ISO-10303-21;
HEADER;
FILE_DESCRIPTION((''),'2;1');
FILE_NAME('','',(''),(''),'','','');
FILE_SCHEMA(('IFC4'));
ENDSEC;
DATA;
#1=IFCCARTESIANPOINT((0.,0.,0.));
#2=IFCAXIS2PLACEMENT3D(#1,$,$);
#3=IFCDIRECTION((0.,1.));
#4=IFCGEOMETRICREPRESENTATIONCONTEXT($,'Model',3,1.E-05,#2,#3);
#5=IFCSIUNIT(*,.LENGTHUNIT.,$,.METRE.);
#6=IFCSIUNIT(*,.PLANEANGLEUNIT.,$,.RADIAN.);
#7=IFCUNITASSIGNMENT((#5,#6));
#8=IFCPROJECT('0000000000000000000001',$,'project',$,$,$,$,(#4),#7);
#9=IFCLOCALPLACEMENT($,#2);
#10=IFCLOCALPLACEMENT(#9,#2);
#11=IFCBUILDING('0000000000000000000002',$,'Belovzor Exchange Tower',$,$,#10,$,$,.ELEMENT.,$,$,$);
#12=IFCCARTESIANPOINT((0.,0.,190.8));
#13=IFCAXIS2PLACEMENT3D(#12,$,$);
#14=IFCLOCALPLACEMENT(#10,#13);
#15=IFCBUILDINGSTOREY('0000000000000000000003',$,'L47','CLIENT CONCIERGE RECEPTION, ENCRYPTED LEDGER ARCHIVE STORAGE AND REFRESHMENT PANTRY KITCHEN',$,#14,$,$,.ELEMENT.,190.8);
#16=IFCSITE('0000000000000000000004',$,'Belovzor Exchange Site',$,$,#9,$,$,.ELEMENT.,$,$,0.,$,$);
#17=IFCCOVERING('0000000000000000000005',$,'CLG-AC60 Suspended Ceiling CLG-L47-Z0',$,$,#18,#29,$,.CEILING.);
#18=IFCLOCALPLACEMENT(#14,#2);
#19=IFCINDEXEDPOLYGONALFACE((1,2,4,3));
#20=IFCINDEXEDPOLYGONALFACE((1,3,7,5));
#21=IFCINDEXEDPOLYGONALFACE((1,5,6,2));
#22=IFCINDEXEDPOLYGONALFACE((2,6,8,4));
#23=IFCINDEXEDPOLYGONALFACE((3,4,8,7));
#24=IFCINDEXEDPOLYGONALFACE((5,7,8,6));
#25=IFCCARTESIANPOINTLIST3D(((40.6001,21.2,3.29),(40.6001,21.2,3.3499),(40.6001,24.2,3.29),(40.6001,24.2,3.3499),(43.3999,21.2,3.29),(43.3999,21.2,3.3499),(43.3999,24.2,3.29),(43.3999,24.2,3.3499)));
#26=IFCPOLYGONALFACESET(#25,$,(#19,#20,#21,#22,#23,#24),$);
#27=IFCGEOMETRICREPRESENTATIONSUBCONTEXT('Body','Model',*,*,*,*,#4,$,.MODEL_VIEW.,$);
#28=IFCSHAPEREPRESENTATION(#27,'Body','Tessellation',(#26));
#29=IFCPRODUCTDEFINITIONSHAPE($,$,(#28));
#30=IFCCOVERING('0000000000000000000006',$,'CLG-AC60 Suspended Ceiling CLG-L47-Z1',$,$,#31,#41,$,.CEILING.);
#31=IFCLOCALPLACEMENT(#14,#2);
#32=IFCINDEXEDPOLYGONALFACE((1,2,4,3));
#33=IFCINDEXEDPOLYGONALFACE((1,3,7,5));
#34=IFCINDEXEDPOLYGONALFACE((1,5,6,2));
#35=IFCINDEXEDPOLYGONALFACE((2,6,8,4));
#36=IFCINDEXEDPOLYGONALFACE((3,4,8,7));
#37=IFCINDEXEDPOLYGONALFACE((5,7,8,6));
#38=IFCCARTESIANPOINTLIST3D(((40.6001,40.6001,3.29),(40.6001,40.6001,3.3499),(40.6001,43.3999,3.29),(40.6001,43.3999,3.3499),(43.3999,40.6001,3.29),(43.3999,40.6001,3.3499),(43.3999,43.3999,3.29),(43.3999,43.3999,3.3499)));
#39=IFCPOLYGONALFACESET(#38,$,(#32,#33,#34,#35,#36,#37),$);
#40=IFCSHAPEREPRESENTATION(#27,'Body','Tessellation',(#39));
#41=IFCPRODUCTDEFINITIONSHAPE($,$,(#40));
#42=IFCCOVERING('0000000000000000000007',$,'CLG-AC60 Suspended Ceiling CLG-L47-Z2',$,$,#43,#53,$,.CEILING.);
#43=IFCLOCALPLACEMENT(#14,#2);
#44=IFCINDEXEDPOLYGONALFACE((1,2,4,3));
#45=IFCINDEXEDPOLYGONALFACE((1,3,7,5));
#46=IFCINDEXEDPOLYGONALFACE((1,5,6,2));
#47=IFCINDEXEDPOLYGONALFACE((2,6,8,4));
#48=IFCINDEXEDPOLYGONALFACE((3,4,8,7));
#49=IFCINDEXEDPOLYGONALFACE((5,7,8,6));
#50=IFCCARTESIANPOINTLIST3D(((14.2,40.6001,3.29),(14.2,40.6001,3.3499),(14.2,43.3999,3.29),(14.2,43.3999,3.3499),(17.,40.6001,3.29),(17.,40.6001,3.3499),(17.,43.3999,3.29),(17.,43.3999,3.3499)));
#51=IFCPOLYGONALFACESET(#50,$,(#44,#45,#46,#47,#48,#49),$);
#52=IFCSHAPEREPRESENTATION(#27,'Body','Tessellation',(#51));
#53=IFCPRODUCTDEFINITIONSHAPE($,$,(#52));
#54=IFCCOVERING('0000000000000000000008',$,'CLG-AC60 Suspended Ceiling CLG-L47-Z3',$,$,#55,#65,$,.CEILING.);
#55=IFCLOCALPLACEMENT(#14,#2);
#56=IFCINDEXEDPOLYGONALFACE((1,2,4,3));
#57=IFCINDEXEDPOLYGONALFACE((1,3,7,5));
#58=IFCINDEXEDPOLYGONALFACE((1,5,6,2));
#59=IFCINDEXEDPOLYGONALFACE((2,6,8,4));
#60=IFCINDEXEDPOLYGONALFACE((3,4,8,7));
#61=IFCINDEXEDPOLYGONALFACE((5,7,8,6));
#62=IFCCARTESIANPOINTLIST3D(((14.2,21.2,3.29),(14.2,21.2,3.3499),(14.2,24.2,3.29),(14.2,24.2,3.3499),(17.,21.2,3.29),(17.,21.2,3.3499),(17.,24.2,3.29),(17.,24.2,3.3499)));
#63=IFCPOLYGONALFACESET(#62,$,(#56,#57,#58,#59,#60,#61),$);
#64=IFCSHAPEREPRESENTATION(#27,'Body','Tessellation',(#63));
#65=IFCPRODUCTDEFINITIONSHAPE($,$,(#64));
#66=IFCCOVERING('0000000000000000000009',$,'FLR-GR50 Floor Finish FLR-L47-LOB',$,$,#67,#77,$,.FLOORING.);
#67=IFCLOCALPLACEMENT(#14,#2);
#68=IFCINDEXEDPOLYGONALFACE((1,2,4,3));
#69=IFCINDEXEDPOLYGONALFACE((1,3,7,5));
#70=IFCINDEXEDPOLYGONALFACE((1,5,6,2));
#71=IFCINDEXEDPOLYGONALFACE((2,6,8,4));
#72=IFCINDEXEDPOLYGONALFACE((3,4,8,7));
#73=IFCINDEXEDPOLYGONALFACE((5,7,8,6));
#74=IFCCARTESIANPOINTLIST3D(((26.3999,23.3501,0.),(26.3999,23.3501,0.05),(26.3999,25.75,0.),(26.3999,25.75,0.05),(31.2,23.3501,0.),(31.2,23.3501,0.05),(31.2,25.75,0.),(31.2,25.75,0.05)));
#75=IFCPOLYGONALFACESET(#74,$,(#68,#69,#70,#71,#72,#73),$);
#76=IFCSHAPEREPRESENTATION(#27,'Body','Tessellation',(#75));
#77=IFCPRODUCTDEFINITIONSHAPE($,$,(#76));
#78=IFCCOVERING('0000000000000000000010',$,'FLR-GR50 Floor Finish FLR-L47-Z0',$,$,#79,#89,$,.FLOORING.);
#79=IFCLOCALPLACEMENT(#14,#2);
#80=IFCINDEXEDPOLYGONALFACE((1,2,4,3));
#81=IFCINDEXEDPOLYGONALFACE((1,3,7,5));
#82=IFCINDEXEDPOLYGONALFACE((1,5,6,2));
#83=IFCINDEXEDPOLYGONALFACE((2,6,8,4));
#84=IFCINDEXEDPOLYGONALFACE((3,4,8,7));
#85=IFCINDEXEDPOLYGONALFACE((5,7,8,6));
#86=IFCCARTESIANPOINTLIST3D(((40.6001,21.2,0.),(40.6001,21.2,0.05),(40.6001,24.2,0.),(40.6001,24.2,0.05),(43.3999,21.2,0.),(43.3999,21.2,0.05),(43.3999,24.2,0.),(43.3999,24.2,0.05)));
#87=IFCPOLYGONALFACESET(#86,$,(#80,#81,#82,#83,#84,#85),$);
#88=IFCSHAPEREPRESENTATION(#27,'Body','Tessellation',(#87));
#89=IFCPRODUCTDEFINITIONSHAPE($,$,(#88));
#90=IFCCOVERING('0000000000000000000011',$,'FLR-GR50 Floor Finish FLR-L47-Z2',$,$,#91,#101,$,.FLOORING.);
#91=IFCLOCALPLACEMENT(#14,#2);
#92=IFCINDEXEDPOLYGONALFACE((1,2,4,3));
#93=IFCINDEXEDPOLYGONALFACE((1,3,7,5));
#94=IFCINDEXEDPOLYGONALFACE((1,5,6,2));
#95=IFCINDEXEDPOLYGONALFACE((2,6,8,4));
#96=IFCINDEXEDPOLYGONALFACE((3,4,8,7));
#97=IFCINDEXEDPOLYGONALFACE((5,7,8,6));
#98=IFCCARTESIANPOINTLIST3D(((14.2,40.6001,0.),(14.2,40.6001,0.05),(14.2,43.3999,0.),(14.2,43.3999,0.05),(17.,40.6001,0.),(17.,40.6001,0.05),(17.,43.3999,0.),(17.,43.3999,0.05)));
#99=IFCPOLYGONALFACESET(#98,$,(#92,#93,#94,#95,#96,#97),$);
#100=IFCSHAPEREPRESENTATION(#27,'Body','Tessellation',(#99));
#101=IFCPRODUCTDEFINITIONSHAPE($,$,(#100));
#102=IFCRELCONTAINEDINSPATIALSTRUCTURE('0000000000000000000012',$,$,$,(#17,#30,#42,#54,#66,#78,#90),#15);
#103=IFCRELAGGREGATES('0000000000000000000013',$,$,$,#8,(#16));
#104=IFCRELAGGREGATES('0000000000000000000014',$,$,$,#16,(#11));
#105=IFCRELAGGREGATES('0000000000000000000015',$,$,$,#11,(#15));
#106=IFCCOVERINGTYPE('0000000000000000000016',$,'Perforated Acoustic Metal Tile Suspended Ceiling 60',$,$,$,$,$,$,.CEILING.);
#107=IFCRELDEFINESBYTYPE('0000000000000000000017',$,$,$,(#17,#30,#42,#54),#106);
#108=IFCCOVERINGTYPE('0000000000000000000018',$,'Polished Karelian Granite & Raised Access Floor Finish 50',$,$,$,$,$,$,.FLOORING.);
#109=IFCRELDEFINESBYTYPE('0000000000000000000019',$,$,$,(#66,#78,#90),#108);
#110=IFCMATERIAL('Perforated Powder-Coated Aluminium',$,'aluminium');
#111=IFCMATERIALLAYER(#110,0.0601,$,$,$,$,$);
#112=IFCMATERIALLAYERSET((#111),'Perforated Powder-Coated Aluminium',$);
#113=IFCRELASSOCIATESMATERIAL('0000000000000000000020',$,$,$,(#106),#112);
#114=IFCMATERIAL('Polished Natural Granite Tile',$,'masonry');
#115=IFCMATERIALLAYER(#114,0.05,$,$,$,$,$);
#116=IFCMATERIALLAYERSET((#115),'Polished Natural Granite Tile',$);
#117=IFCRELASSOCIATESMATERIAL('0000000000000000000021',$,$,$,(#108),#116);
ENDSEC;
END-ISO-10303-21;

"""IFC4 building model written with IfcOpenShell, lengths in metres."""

from ifc_helpers import new_model, si_unit, direction, frame, origin, place, context, subcontext, project, spatial, polyline, outline, extrude, material, layer, layer_set, type_object, element, save


model = new_model("IFC4")

# Units and contexts
model_context = context("Model", 3, precision=1e-05, world=origin(), true_north=direction((0.0, 1.0)))
body_context = subcontext(model_context, "Body", "Model", "MODEL_VIEW")
ifc_project = project(units=[si_unit("LENGTHUNIT", "METRE"), si_unit("PLANEANGLEUNIT", "RADIAN")], contexts=[model_context])

# Site, building, storey
site_placement = place(None, origin())
site = spatial("IfcSite", under=ifc_project, at=site_placement, Name="Belovzor Exchange Site", CompositionType="ELEMENT", RefElevation=0.0)
building_placement = place(site_placement, origin())
building = spatial("IfcBuilding", under=site, at=building_placement, Name="Belovzor Exchange Tower", CompositionType="ELEMENT")
storey_placement = place(building_placement, frame((0.0, 0.0, 190.8)))
storey = spatial("IfcBuildingStorey", under=building, at=storey_placement, Name="L47", Description="CLIENT CONCIERGE RECEPTION, ENCRYPTED LEDGER ARCHIVE STORAGE AND REFRESHMENT PANTRY KITCHEN", CompositionType="ELEMENT", Elevation=190.8)

# Coverings
ifc_material_1 = material(Name="Perforated Powder-Coated Aluminium", Category="aluminium")
ifc_layer_1 = layer(ifc_material_1, 0.0601)
ifc_layer_set_1 = layer_set([ifc_layer_1], Name="Perforated Powder-Coated Aluminium")
covering_type_1 = type_object("IfcCoveringType", Name="Perforated Acoustic Metal Tile Suspended Ceiling 60", PredefinedType="CEILING", material=ifc_layer_set_1)
covering_1_placement = place(storey_placement, frame((0.0, 0.0, 3.29)))
element("IfcCovering", 1, at=covering_1_placement, inside=storey, type_object=covering_type_1, Name="CLG-AC60 Suspended Ceiling CLG-L47-Z0", PredefinedType="CEILING", context=body_context, shape_type="SweptSolid", body=[
    extrude(outline(polyline([(40.6001, 21.2), (43.3999, 21.2), (43.3999, 24.2), (40.6001, 24.2), (40.6001, 21.2)])), origin(), (0.0, 0.0, 1.0), 0.0598),
])
covering_2_placement = place(storey_placement, frame((0.0, 0.0, 3.29)))
element("IfcCovering", 2, at=covering_2_placement, inside=storey, type_object=covering_type_1, Name="CLG-AC60 Suspended Ceiling CLG-L47-Z1", PredefinedType="CEILING", context=body_context, shape_type="SweptSolid", body=[
    extrude(outline(polyline([(40.6001, 40.6001), (43.3999, 40.6001), (43.3999, 43.3999), (40.6001, 43.3999), (40.6001, 40.6001)])), origin(), (0.0, 0.0, 1.0), 0.0598),
])
covering_3_placement = place(storey_placement, frame((0.0, 0.0, 3.29)))
element("IfcCovering", 3, at=covering_3_placement, inside=storey, type_object=covering_type_1, Name="CLG-AC60 Suspended Ceiling CLG-L47-Z2", PredefinedType="CEILING", context=body_context, shape_type="SweptSolid", body=[
    extrude(outline(polyline([(14.2, 40.6001), (17.0, 40.6001), (17.0, 43.3999), (14.2, 43.3999), (14.2, 40.6001)])), origin(), (0.0, 0.0, 1.0), 0.0598),
])
covering_4_placement = place(storey_placement, frame((0.0, 0.0, 3.29)))
element("IfcCovering", 4, at=covering_4_placement, inside=storey, type_object=covering_type_1, Name="CLG-AC60 Suspended Ceiling CLG-L47-Z3", PredefinedType="CEILING", context=body_context, shape_type="SweptSolid", body=[
    extrude(outline(polyline([(14.2, 21.2), (17.0, 21.2), (17.0, 24.2), (14.2, 24.2), (14.2, 21.2)])), origin(), (0.0, 0.0, 1.0), 0.0598),
])
ifc_material_2 = material(Name="Polished Natural Granite Tile", Category="masonry")
ifc_layer_2 = layer(ifc_material_2, 0.05)
ifc_layer_set_2 = layer_set([ifc_layer_2], Name="Polished Natural Granite Tile")
covering_type_2 = type_object("IfcCoveringType", Name="Polished Karelian Granite & Raised Access Floor Finish 50", PredefinedType="FLOORING", material=ifc_layer_set_2)
covering_5_placement = place(storey_placement, origin())
element("IfcCovering", 5, at=covering_5_placement, inside=storey, type_object=covering_type_2, Name="FLR-GR50 Floor Finish FLR-L47-LOB", PredefinedType="FLOORING", context=body_context, shape_type="SweptSolid", body=[
    extrude(outline(polyline([(26.3999, 23.3501), (31.2, 23.3501), (31.2, 25.75), (26.3999, 25.75), (26.3999, 23.3501)])), origin(), (0.0, 0.0, 1.0), 0.05),
])
covering_6_placement = place(storey_placement, origin())
element("IfcCovering", 6, at=covering_6_placement, inside=storey, type_object=covering_type_2, Name="FLR-GR50 Floor Finish FLR-L47-Z0", PredefinedType="FLOORING", context=body_context, shape_type="SweptSolid", body=[
    extrude(outline(polyline([(40.6001, 21.2), (43.3999, 21.2), (43.3999, 24.2), (40.6001, 24.2), (40.6001, 21.2)])), origin(), (0.0, 0.0, 1.0), 0.05),
])
covering_7_placement = place(storey_placement, origin())
element("IfcCovering", 7, at=covering_7_placement, inside=storey, type_object=covering_type_2, Name="FLR-GR50 Floor Finish FLR-L47-Z2", PredefinedType="FLOORING", context=body_context, shape_type="SweptSolid", body=[
    extrude(outline(polyline([(14.2, 40.6001), (17.0, 40.6001), (17.0, 43.3999), (14.2, 43.3999), (14.2, 40.6001)])), origin(), (0.0, 0.0, 1.0), 0.05),
])

save(model, "model.ifc")
